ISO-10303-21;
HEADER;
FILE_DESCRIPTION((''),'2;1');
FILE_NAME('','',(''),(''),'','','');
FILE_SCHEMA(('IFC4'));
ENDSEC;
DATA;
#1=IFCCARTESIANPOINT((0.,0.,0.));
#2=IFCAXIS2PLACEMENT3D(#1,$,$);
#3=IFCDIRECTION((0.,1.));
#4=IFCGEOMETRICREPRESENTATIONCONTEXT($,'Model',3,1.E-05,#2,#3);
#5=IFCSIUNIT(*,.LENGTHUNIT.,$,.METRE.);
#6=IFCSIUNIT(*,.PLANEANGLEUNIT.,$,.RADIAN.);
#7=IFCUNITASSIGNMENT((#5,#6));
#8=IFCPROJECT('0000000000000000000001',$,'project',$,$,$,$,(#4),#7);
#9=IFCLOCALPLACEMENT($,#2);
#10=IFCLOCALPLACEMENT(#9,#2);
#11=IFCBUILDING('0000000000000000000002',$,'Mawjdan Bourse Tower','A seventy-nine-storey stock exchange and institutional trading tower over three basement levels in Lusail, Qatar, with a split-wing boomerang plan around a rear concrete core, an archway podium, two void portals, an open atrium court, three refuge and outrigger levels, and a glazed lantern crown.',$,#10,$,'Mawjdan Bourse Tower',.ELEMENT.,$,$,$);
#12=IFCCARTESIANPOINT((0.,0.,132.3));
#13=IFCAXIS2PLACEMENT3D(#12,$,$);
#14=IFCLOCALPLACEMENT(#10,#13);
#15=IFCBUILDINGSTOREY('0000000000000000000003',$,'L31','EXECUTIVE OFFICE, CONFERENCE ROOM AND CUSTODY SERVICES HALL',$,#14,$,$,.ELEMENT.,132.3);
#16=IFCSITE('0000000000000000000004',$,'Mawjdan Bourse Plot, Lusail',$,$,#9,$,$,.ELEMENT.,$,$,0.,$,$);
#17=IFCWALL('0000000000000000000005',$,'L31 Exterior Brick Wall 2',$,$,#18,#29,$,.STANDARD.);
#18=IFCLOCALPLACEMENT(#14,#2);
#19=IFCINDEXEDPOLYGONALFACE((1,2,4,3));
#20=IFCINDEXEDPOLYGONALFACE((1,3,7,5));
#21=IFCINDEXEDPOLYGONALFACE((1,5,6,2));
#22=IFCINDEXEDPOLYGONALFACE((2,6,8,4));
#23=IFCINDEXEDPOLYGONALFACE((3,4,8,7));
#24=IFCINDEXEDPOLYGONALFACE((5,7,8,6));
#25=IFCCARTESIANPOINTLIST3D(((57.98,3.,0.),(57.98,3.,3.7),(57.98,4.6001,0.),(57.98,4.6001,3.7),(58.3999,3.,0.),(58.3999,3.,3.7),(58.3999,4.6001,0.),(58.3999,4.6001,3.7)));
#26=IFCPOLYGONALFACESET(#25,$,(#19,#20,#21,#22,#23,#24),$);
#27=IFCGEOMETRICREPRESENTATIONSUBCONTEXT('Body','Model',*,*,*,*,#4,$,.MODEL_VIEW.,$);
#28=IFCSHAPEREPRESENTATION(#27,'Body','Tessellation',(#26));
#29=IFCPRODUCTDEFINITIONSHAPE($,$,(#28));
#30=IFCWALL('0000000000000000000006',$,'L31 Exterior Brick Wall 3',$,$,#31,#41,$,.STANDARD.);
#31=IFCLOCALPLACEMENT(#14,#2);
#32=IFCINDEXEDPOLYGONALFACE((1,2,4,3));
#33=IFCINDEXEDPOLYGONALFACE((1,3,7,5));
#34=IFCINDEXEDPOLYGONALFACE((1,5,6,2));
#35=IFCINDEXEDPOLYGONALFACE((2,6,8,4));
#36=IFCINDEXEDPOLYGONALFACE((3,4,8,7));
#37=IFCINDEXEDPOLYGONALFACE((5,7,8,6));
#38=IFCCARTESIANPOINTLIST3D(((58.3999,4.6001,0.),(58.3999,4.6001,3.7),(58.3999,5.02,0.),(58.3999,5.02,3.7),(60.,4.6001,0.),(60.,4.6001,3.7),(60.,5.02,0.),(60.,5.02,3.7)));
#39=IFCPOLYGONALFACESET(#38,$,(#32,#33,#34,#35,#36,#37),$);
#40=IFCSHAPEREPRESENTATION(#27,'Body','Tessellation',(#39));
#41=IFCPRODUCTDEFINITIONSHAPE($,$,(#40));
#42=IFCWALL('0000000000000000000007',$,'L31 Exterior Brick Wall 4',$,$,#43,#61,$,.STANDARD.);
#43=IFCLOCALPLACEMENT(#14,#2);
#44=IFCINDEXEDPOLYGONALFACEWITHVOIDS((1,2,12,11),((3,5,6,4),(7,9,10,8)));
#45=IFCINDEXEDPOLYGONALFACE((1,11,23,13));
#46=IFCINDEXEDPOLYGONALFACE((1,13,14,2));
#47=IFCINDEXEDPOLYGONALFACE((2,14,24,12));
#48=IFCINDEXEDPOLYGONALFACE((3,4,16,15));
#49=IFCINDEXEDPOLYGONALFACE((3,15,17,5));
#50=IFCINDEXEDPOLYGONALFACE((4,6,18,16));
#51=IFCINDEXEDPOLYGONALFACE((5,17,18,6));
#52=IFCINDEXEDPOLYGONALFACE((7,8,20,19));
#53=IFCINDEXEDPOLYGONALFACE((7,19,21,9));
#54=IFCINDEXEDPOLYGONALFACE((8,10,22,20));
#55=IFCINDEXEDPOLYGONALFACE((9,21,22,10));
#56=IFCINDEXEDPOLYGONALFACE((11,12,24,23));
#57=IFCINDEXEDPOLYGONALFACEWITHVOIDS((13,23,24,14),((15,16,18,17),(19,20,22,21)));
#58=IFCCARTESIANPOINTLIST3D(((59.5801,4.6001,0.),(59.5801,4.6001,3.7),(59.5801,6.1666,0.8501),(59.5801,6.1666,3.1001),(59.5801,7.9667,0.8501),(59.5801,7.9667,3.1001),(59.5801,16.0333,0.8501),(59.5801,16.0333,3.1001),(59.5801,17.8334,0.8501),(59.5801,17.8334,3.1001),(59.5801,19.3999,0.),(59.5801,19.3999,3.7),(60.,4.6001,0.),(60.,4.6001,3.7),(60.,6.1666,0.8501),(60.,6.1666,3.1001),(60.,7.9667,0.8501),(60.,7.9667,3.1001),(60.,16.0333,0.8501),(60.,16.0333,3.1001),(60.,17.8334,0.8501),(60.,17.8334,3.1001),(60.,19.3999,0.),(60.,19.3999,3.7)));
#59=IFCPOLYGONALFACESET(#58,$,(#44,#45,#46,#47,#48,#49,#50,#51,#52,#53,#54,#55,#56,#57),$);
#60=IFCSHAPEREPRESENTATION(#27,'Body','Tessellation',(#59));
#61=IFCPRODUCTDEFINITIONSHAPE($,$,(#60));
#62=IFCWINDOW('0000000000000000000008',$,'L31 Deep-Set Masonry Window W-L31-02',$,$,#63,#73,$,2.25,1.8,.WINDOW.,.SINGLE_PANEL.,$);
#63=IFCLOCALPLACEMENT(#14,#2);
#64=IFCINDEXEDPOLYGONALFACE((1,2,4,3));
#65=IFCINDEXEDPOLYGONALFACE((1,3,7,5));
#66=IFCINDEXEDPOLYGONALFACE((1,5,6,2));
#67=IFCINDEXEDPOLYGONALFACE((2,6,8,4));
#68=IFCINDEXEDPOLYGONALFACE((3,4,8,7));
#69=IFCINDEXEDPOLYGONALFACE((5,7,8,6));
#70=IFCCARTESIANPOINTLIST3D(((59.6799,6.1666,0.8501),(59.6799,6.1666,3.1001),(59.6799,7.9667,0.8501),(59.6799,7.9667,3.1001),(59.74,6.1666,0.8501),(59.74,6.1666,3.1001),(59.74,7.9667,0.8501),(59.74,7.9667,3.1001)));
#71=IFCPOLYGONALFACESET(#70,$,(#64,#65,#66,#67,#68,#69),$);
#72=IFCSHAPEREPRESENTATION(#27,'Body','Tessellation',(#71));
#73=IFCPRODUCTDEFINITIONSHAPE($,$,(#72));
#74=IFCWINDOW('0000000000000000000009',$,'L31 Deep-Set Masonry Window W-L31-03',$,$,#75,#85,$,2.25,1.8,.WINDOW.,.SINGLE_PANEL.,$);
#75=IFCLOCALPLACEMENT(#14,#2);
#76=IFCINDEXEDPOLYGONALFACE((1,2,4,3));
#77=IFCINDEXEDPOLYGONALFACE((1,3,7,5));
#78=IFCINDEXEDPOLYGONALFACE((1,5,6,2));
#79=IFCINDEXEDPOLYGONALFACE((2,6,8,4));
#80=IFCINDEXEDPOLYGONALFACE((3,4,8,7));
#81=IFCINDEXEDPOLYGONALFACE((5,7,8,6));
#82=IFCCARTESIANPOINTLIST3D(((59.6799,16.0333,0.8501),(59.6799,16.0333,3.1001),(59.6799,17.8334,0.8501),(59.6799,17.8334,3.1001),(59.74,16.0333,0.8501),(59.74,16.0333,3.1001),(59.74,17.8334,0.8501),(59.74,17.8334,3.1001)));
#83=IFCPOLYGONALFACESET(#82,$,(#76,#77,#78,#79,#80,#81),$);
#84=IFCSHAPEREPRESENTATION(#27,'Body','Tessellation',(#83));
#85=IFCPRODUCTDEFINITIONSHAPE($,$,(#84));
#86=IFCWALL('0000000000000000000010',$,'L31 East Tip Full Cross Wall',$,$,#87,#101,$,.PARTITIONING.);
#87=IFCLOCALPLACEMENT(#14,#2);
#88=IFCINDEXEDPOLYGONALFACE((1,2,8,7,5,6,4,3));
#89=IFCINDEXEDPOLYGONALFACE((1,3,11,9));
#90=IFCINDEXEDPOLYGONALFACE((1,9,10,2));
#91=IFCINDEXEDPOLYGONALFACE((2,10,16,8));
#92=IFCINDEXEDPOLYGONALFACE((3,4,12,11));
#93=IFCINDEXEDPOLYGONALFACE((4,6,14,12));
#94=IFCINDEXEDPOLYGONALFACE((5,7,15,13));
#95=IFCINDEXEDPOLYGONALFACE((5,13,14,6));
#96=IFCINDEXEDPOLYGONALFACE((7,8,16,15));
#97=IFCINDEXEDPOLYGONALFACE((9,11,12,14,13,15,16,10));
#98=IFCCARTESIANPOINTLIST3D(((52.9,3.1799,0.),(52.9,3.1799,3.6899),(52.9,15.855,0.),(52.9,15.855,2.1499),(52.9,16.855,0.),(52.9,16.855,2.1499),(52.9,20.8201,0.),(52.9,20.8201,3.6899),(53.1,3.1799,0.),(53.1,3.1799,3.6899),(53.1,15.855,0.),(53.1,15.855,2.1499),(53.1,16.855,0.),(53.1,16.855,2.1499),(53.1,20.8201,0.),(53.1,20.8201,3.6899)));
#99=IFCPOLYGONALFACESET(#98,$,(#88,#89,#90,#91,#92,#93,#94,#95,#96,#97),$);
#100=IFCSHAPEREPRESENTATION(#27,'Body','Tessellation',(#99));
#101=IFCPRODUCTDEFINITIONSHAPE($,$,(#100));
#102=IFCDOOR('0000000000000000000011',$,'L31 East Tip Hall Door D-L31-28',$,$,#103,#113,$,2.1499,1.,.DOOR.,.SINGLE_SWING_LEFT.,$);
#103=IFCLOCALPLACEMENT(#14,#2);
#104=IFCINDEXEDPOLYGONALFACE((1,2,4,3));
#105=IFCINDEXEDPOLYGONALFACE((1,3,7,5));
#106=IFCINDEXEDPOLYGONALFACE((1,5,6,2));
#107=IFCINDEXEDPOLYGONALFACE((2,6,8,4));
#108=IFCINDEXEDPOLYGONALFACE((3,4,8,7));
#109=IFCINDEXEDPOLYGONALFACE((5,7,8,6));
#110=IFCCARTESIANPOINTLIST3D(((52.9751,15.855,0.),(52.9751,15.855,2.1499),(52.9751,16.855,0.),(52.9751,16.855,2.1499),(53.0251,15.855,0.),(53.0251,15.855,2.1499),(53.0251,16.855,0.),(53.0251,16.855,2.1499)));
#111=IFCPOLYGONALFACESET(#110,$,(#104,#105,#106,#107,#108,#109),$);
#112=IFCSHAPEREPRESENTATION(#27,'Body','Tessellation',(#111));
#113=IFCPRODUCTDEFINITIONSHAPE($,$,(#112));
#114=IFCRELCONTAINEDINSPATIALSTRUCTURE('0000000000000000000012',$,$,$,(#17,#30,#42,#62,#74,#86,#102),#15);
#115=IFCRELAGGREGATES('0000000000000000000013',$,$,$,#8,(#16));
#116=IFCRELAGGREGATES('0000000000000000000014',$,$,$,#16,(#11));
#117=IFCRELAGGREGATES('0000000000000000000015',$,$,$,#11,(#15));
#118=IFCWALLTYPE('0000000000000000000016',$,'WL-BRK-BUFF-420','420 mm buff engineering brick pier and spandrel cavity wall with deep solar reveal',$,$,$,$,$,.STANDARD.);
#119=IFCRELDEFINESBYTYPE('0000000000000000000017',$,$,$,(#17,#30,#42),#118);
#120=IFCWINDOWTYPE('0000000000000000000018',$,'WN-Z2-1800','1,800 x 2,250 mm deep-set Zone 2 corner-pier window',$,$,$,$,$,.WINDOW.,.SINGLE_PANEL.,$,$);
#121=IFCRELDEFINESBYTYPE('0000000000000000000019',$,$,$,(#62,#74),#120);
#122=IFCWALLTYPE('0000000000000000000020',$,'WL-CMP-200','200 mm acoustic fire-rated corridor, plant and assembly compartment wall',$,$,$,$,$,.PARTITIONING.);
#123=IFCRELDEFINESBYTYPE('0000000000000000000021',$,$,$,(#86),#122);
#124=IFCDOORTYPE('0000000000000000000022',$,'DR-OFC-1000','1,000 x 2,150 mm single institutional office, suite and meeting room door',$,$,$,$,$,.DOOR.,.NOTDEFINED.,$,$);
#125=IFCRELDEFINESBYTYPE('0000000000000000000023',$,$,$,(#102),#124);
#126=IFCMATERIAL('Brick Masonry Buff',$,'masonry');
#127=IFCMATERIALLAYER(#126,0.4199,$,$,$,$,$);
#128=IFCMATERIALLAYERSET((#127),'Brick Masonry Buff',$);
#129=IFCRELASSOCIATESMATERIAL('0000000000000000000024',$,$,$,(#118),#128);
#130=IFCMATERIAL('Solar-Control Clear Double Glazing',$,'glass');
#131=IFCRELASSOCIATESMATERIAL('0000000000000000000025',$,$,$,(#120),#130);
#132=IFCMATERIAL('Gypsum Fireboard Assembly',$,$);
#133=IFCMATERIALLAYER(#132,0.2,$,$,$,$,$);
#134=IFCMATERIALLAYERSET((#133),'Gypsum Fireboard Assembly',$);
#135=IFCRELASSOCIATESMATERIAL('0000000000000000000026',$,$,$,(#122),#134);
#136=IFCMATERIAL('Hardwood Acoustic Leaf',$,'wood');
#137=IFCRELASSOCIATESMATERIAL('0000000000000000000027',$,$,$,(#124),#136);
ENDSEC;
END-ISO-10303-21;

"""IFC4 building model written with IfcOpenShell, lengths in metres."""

from ifc_helpers import new_model, si_unit, direction, frame, frame_2d, origin, place, context, subcontext, project, spatial, rectangle, extrude, material, layer, layer_set, type_object, element, fill, save


model = new_model("IFC4")

# Units and contexts
model_context = context("Model", 3, precision=1e-05, world=origin(), true_north=direction((0.0, 1.0)))
body_context = subcontext(model_context, "Body", "Model", "MODEL_VIEW")
ifc_project = project(units=[si_unit("LENGTHUNIT", "METRE"), si_unit("PLANEANGLEUNIT", "RADIAN")], contexts=[model_context])

# Site, building, storey
site_placement = place(None, origin())
site = spatial("IfcSite", under=ifc_project, at=site_placement, Name="Mawjdan Bourse Plot, Lusail", CompositionType="ELEMENT", RefElevation=0.0)
building_placement = place(site_placement, origin())
building = spatial("IfcBuilding", under=site, at=building_placement, Name="Mawjdan Bourse Tower", Description="A seventy-nine-storey stock exchange and institutional trading tower over three basement levels in Lusail, Qatar, with a split-wing boomerang plan around a rear concrete core, an archway podium, two void portals, an open atrium court, three refuge and outrigger levels, and a glazed lantern crown.", LongName="Mawjdan Bourse Tower", CompositionType="ELEMENT")
storey_placement = place(building_placement, frame((0.0, 0.0, 132.3)))
storey = spatial("IfcBuildingStorey", under=building, at=storey_placement, Name="L31", Description="EXECUTIVE OFFICE, CONFERENCE ROOM AND CUSTODY SERVICES HALL", CompositionType="ELEMENT", Elevation=132.3)

# Walls
ifc_material_1 = material(Name="Brick Masonry Buff", Category="masonry")
ifc_layer_1 = layer(ifc_material_1, 0.4199)
ifc_layer_set_1 = layer_set([ifc_layer_1], Name="Brick Masonry Buff")
wall_type_1 = type_object("IfcWallType", Name="WL-BRK-BUFF-420", Description="420 mm buff engineering brick pier and spandrel cavity wall with deep solar reveal", PredefinedType="STANDARD", material=ifc_layer_set_1)
for number, where, z_axis, x_axis, name in (
    (1, (58.1899, 3.0, 0.0), (0.0, 0.0, 1.0), (0.0, 1.0, 0.0), "L31 Exterior Brick Wall 2"),
    (2, (58.3999, 4.8101, 0.0), (0.0, 0.0, 1.0), (1.0, 0.0, 0.0), "L31 Exterior Brick Wall 3"),
):
    element("IfcWall", number, at=place(storey_placement, frame(where, z_axis=z_axis, x_axis=x_axis)), inside=storey, type_object=wall_type_1, Name=name, PredefinedType="STANDARD", context=body_context, shape_type="SweptSolid", body=[
        extrude(rectangle(XDim=1.6001, YDim=0.4199, at=frame_2d((0.8, 0.0))), origin(), (0.0, 0.0, 1.0), 3.7),
    ])

# Wall, openings, windows
wall_1_placement = place(storey_placement, frame((59.79, 4.6001, 0.0), z_axis=(0.0, 0.0, 1.0), x_axis=(0.0, 1.0, 0.0)))
wall_1 = element("IfcWall", 3, at=wall_1_placement, inside=storey, type_object=wall_type_1, Name="L31 Exterior Brick Wall 4", PredefinedType="STANDARD", context=body_context, shape_type="SweptSolid", body=[
    extrude(rectangle(XDim=14.7998, YDim=0.4199, at=frame_2d((7.3999, 0.0))), origin(), (0.0, 0.0, 1.0), 3.7),
])
opening_1_placement = place(wall_1_placement, frame((1.5667, 0.0, 0.8501)))
opening_1 = element("IfcOpeningElement", 4, at=opening_1_placement, cuts=wall_1, PredefinedType="OPENING", context=body_context, shape_type="SweptSolid", body=[
    extrude(rectangle(XDim=1.8, YDim=2.25, at=frame_2d((0.8999, 1.125))), frame((0.0, 0.22, 0.0), z_axis=(0.0, -1.0, 0.0), x_axis=(1.0, 0.0, 0.0)), (0.0, 0.0, 1.0), 0.4399),
])
opening_2_placement = place(wall_1_placement, frame((11.4333, 0.0, 0.8501)))
opening_2 = element("IfcOpeningElement", 5, at=opening_2_placement, cuts=wall_1, PredefinedType="OPENING", context=body_context, shape_type="SweptSolid", body=[
    extrude(rectangle(XDim=1.8, YDim=2.25, at=frame_2d((0.8999, 1.125))), frame((0.0, 0.22, 0.0), z_axis=(0.0, -1.0, 0.0), x_axis=(1.0, 0.0, 0.0)), (0.0, 0.0, 1.0), 0.4399),
])
ifc_material_2 = material(Name="Solar-Control Clear Double Glazing", Category="glass")
window_type = type_object("IfcWindowType", Name="WN-Z2-1800", Description="1,800 x 2,250 mm deep-set Zone 2 corner-pier window", PartitioningType="SINGLE_PANEL", PredefinedType="WINDOW", material=ifc_material_2)
window_1_placement = place(opening_1_placement, origin())
window_1 = element("IfcWindow", 6, at=window_1_placement, inside=storey, type_object=window_type, Name="L31 Deep-Set Masonry Window W-L31-02", OverallHeight=2.25, OverallWidth=1.8, PartitioningType="SINGLE_PANEL", PredefinedType="WINDOW", context=body_context, shape_type="SweptSolid", body=[
    extrude(rectangle(XDim=1.8, YDim=2.25, at=frame_2d((0.8999, 1.125))), frame((0.0, 0.1101, 0.0), z_axis=(0.0, -1.0, 0.0), x_axis=(1.0, 0.0, 0.0)), (0.0, 0.0, 1.0), 0.0601),
])
fill(opening_1, window_1)
window_2_placement = place(opening_2_placement, origin())
window_2 = element("IfcWindow", 7, at=window_2_placement, inside=storey, type_object=window_type, Name="L31 Deep-Set Masonry Window W-L31-03", OverallHeight=2.25, OverallWidth=1.8, PartitioningType="SINGLE_PANEL", PredefinedType="WINDOW", context=body_context, shape_type="SweptSolid", body=[
    extrude(rectangle(XDim=1.8, YDim=2.25, at=frame_2d((0.8999, 1.125))), frame((0.0, 0.1101, 0.0), z_axis=(0.0, -1.0, 0.0), x_axis=(1.0, 0.0, 0.0)), (0.0, 0.0, 1.0), 0.0601),
])
fill(opening_2, window_2)

# Wall, opening, door
ifc_material_3 = material(Name="Gypsum Fireboard Assembly")
ifc_layer_2 = layer(ifc_material_3, 0.2)
ifc_layer_set_2 = layer_set([ifc_layer_2], Name="Gypsum Fireboard Assembly")
wall_type_2 = type_object("IfcWallType", Name="WL-CMP-200", Description="200 mm acoustic fire-rated corridor, plant and assembly compartment wall", PredefinedType="PARTITIONING", material=ifc_layer_set_2)
wall_2_placement = place(storey_placement, frame((53.0, 3.1799, 0.0), z_axis=(0.0, 0.0, 1.0), x_axis=(0.0, 1.0, 0.0)))
wall_2 = element("IfcWall", 8, at=wall_2_placement, inside=storey, type_object=wall_type_2, Name="L31 East Tip Full Cross Wall", PredefinedType="PARTITIONING", context=body_context, shape_type="SweptSolid", body=[
    extrude(rectangle(XDim=17.6401, YDim=0.2, at=frame_2d((8.8201, 0.0))), origin(), (0.0, 0.0, 1.0), 3.6899),
])
opening_3_placement = place(wall_2_placement, frame((12.675, 0.0, 0.0)))
opening_3 = element("IfcOpeningElement", 9, at=opening_3_placement, cuts=wall_2, PredefinedType="OPENING", context=body_context, shape_type="SweptSolid", body=[
    extrude(rectangle(XDim=1.0, YDim=2.1499, at=frame_2d((0.5, 1.075))), frame((0.0, 0.1099, 0.0), z_axis=(0.0, -1.0, 0.0), x_axis=(1.0, 0.0, 0.0)), (0.0, 0.0, 1.0), 0.22),
])
ifc_material_4 = material(Name="Hardwood Acoustic Leaf", Category="wood")
door_type = type_object("IfcDoorType", Name="DR-OFC-1000", Description="1,000 x 2,150 mm single institutional office, suite and meeting room door", OperationType="NOTDEFINED", PredefinedType="DOOR", material=ifc_material_4)
door_placement = place(opening_3_placement, origin())
door = element("IfcDoor", 10, at=door_placement, inside=storey, type_object=door_type, Name="L31 East Tip Hall Door D-L31-28", OperationType="SINGLE_SWING_LEFT", OverallHeight=2.1499, OverallWidth=1.0, PredefinedType="DOOR", context=body_context, shape_type="SweptSolid", body=[
    extrude(rectangle(XDim=1.0, YDim=2.1499, at=frame_2d((0.5, 1.075))), frame((0.0, 0.0249, 0.0), z_axis=(0.0, -1.0, 0.0), x_axis=(1.0, 0.0, 0.0)), (0.0, 0.0, 1.0), 0.05),
])
fill(opening_3, door)

save(model, "model.ifc")
